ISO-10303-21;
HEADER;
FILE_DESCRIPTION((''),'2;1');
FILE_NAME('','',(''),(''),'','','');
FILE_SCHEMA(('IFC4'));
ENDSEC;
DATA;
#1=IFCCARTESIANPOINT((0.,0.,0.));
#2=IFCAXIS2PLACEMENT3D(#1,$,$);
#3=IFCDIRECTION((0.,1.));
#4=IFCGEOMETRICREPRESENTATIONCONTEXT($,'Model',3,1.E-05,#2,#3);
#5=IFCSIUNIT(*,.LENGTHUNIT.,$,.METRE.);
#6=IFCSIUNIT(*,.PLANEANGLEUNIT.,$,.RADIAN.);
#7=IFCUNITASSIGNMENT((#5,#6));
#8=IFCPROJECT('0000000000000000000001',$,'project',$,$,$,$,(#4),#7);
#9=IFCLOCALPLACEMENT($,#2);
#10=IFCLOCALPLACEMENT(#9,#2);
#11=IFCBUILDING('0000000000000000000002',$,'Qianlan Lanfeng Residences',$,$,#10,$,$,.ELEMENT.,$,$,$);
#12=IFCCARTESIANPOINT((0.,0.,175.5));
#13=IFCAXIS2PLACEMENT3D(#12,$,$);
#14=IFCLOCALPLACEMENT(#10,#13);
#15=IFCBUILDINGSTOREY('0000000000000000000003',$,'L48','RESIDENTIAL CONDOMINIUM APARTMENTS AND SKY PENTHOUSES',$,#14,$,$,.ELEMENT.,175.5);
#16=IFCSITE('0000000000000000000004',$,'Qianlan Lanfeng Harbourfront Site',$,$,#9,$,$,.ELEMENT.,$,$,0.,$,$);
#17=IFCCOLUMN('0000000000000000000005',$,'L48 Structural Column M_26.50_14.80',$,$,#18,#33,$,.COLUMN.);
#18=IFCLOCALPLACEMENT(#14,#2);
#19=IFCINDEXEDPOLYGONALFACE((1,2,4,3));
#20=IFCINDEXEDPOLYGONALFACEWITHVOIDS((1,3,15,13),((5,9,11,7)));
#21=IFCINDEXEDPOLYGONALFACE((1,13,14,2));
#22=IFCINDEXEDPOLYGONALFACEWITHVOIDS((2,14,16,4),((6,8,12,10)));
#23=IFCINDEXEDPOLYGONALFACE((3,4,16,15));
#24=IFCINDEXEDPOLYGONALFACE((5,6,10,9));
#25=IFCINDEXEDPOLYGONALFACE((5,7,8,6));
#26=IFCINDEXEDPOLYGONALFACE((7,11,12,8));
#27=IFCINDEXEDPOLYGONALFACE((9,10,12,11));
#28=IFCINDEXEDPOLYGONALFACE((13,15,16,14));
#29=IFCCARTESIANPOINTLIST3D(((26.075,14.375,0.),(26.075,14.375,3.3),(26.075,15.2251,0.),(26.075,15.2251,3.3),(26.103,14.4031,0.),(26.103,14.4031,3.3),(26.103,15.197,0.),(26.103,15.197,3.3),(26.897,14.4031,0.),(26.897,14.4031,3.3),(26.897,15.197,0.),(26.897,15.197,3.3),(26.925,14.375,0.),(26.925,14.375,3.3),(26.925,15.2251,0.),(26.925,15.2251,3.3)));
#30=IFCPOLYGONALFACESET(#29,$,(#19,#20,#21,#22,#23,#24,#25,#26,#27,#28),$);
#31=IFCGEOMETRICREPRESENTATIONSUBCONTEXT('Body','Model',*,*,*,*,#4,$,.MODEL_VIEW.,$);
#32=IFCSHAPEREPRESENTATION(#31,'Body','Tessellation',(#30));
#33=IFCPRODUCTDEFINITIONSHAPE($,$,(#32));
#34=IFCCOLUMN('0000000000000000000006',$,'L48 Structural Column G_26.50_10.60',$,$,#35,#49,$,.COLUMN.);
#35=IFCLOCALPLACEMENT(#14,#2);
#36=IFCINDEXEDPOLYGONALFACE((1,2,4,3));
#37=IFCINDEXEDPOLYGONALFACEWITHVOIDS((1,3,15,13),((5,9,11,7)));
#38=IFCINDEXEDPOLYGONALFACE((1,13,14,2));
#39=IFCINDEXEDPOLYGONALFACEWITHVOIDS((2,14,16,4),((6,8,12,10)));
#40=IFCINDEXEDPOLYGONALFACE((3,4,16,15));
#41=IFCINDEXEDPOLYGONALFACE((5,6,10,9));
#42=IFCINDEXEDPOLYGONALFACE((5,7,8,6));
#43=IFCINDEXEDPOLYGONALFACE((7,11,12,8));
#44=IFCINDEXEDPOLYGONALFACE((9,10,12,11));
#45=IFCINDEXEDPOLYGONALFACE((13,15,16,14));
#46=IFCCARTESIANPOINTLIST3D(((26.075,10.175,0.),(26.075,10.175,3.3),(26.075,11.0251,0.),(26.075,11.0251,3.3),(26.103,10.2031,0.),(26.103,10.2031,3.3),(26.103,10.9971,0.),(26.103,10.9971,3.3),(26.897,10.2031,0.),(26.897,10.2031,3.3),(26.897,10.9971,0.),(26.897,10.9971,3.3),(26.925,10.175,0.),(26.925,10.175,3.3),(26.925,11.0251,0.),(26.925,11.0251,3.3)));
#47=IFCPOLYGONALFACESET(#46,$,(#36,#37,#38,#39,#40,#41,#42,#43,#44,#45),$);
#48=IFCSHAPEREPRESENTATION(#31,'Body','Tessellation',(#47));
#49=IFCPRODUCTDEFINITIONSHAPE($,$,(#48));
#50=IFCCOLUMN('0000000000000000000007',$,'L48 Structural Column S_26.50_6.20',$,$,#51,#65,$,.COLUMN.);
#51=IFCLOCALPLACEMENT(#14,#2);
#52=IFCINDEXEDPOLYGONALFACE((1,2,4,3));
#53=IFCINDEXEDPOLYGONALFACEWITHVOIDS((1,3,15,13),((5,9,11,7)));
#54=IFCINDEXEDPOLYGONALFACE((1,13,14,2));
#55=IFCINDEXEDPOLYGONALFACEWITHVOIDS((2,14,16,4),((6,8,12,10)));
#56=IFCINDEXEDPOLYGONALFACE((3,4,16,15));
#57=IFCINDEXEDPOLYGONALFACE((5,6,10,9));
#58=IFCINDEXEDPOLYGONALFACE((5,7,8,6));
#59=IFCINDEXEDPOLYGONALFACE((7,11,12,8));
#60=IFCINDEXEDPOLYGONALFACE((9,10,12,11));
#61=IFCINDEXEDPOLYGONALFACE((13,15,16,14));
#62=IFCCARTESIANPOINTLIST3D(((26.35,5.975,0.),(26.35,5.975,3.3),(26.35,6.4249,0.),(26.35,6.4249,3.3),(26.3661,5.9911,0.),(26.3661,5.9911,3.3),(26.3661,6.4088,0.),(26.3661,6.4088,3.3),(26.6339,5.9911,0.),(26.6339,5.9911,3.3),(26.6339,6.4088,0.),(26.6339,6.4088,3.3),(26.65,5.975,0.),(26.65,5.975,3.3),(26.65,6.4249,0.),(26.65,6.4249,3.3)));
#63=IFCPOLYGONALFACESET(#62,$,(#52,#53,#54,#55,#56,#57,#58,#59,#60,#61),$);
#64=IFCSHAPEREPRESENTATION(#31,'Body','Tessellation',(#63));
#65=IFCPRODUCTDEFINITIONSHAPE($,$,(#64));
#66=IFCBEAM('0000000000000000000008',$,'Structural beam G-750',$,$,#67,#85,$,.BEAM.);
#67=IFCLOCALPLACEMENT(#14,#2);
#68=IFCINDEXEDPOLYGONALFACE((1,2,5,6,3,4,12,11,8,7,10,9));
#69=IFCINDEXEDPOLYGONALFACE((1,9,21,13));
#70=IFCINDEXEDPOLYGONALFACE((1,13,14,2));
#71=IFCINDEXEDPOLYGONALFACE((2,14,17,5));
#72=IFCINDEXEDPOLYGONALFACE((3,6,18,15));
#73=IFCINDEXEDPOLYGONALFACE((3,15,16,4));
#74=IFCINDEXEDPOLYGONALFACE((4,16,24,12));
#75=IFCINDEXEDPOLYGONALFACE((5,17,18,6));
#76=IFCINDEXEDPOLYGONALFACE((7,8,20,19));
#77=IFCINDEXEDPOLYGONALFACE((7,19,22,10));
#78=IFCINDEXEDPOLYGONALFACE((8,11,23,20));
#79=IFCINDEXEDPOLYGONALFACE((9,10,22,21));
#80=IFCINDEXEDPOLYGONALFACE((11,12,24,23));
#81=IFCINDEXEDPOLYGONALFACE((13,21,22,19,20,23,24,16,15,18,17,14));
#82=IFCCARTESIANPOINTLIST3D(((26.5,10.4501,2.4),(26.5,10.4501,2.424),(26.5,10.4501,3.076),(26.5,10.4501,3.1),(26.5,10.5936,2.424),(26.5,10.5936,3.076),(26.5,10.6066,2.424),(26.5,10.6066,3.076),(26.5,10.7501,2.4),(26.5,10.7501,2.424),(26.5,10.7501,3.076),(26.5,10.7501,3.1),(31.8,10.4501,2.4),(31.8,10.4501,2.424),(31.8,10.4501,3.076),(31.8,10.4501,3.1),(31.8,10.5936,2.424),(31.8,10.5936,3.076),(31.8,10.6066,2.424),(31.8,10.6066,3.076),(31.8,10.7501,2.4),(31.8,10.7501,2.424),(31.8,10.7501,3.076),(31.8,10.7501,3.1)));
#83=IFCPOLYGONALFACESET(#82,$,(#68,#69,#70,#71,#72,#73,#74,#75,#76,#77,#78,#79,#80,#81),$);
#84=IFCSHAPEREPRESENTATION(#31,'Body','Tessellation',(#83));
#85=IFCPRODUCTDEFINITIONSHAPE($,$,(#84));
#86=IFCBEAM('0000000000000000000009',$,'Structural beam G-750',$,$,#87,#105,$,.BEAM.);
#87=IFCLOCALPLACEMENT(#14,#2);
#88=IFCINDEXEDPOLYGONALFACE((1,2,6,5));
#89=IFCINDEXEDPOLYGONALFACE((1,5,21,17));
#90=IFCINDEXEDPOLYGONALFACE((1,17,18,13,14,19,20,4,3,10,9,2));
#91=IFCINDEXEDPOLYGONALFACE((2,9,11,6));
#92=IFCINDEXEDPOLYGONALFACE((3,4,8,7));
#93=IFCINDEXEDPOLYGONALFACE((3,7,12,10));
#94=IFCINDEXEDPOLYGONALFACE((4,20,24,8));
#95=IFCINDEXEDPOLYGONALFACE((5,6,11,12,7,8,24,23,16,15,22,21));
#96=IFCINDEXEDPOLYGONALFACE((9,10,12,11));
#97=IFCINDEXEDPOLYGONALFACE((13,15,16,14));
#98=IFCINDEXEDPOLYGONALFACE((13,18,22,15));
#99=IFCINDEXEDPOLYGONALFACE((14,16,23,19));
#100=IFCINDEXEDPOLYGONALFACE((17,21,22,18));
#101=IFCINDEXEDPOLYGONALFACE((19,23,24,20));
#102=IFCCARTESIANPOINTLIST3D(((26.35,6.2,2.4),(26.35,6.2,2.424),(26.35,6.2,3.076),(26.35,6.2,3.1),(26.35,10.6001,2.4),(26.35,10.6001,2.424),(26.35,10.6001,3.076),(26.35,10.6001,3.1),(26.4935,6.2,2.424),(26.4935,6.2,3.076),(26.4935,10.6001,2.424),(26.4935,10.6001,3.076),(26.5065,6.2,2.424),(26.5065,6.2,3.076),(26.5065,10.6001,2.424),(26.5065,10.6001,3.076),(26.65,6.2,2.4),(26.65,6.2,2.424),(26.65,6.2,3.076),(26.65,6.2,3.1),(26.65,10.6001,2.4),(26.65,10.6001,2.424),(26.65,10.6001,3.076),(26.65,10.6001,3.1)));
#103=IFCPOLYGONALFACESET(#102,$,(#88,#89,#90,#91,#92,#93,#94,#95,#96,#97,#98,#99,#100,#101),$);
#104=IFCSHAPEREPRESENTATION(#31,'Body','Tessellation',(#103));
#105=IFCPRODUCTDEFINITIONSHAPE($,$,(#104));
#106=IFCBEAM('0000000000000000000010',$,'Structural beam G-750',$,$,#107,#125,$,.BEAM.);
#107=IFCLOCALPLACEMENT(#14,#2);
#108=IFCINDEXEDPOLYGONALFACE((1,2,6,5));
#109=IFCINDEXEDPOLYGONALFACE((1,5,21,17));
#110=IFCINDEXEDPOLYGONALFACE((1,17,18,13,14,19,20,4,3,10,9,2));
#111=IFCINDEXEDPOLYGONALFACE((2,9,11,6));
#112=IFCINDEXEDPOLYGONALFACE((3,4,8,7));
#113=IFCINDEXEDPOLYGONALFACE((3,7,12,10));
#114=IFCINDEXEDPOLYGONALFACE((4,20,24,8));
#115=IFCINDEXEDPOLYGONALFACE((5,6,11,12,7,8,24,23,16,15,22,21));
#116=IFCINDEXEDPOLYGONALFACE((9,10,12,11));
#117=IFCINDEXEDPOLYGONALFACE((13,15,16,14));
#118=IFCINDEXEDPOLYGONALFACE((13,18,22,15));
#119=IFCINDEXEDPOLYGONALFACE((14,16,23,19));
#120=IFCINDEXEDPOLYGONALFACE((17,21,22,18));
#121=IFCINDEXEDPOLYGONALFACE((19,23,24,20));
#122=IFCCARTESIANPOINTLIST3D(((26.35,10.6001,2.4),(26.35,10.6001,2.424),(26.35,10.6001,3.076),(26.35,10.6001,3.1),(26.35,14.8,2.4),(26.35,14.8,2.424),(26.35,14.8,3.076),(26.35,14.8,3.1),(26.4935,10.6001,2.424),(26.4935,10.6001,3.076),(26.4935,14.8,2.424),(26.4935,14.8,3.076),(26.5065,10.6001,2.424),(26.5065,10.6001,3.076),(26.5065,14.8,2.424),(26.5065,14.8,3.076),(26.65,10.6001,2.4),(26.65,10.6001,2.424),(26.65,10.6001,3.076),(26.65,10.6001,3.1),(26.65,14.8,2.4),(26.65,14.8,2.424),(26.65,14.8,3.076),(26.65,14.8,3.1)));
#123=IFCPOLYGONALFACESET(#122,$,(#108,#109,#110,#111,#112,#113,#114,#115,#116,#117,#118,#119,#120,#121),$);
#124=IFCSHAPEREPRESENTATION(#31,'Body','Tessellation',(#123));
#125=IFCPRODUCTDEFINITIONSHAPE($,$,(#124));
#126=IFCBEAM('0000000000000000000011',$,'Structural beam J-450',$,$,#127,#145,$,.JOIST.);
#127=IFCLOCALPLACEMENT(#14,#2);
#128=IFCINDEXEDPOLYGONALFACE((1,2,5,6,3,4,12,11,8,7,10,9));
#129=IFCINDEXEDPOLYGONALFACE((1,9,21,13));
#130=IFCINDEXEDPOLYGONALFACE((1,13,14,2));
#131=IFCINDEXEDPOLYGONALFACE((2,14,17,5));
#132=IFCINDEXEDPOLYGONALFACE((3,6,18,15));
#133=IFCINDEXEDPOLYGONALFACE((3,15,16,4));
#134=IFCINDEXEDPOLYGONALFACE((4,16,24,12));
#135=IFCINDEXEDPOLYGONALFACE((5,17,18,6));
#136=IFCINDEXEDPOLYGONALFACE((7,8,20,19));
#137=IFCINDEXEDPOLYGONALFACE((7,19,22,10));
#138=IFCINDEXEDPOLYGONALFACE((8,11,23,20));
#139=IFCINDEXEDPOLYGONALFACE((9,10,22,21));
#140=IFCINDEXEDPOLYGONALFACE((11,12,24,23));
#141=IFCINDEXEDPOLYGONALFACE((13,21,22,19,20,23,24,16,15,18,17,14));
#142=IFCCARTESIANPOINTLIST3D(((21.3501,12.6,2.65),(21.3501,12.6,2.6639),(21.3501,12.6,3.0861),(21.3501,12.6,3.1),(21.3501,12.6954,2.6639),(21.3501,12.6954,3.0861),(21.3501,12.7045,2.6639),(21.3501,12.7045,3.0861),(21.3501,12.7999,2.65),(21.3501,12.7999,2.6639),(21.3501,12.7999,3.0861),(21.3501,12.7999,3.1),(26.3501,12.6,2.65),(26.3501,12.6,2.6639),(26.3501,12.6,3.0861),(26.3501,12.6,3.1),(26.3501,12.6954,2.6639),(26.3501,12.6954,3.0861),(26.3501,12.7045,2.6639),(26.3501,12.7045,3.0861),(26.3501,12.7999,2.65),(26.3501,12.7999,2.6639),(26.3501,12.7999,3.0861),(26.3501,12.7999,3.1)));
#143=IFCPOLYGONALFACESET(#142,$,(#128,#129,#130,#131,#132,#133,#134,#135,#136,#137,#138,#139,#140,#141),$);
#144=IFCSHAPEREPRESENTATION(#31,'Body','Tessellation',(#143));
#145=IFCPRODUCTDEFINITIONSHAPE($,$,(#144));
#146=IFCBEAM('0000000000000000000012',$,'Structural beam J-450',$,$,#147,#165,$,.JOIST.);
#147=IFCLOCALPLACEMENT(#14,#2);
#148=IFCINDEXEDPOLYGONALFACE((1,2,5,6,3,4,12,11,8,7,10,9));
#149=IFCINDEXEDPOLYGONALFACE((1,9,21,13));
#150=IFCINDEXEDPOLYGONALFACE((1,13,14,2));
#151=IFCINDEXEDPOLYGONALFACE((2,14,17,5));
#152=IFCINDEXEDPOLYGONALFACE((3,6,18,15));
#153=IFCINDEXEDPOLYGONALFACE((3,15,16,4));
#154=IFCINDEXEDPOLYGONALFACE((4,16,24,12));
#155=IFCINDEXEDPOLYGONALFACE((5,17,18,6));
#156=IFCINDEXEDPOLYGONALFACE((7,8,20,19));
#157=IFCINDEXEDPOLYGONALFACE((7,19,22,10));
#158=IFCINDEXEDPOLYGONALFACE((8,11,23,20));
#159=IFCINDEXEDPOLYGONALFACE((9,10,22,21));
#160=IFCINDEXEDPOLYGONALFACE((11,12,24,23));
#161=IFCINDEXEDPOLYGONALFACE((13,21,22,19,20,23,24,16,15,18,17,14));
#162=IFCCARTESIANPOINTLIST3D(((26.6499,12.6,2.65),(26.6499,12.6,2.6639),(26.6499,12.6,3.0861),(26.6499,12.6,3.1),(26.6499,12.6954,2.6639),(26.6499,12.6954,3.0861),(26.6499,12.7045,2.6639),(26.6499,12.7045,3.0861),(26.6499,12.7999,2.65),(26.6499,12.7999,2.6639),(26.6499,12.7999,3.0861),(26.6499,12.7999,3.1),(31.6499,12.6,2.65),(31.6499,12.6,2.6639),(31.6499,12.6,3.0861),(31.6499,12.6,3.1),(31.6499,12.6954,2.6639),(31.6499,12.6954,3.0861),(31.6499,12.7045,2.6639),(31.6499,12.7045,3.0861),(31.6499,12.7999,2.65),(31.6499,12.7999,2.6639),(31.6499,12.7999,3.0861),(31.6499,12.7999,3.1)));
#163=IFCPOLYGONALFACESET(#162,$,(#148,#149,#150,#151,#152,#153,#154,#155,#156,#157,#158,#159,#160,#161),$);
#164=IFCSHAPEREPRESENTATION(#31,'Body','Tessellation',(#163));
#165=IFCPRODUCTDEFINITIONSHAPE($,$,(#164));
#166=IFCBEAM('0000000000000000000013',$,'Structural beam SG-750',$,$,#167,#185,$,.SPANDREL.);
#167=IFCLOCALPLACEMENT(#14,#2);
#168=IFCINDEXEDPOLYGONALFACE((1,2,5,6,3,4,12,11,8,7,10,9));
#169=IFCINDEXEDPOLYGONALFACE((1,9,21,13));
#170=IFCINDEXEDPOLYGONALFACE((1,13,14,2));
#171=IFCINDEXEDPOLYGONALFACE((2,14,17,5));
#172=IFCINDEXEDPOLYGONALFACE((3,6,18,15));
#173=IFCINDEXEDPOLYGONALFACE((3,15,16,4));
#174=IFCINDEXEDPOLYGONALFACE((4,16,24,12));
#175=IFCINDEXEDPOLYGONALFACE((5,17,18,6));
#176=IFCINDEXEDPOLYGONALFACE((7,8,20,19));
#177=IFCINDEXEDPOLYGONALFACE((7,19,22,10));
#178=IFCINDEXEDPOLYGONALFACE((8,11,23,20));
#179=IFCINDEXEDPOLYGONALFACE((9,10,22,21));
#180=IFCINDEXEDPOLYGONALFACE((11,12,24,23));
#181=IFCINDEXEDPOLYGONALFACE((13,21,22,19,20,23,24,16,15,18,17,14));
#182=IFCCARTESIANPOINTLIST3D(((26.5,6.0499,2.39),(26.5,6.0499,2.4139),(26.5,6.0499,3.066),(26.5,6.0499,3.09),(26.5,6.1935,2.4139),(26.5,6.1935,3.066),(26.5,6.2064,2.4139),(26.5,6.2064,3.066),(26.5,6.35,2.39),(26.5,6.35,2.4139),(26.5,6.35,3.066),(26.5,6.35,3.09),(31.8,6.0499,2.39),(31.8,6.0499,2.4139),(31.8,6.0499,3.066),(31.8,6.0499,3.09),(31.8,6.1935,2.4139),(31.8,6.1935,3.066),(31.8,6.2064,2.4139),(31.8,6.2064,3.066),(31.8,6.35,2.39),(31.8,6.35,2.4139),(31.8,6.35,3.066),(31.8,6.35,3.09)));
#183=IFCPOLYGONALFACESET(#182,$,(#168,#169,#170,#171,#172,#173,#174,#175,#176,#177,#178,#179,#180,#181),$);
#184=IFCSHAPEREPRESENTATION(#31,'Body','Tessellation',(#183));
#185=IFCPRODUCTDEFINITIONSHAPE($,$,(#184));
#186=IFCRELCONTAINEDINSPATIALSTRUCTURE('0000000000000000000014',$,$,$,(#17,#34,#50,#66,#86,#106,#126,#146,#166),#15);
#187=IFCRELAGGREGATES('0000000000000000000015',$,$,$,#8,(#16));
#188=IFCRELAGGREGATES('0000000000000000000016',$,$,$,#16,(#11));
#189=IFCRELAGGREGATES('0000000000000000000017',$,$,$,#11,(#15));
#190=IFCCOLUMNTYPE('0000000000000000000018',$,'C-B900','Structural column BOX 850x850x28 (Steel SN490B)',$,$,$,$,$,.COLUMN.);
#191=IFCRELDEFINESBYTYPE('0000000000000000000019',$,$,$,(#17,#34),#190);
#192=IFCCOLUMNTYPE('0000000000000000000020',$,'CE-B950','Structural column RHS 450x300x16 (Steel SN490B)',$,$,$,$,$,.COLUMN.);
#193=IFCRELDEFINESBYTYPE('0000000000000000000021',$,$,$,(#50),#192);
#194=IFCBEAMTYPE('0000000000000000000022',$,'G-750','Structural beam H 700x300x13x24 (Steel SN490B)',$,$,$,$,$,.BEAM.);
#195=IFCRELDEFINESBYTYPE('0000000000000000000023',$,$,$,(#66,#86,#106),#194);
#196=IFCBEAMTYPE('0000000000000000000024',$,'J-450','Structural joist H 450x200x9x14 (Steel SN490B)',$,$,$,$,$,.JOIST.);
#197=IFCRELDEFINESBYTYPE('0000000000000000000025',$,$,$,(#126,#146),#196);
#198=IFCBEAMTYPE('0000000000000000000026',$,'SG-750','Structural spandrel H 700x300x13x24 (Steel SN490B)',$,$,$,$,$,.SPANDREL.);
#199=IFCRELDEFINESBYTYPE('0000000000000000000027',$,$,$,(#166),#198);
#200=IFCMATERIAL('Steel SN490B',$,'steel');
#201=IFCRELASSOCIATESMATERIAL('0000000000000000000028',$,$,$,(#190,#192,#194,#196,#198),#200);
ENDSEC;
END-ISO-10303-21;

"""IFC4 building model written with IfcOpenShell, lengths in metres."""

from ifc_helpers import new_model, si_unit, direction, frame, origin, origin_2d, place, context, subcontext, project, spatial, hollow_rectangle, i_section, extrude, material, material_profile, profile_set, type_object, element, save


model = new_model("IFC4")

# Units and contexts
model_context = context("Model", 3, precision=1e-05, world=origin(), true_north=direction((0.0, 1.0)))
body_context = subcontext(model_context, "Body", "Model", "MODEL_VIEW")
ifc_project = project(units=[si_unit("LENGTHUNIT", "METRE"), si_unit("PLANEANGLEUNIT", "RADIAN")], contexts=[model_context])

# Site, building, storey
site_placement = place(None, origin())
site = spatial("IfcSite", under=ifc_project, at=site_placement, Name="Qianlan Lanfeng Harbourfront Site", CompositionType="ELEMENT", RefElevation=0.0)
building_placement = place(site_placement, origin())
building = spatial("IfcBuilding", under=site, at=building_placement, Name="Qianlan Lanfeng Residences", CompositionType="ELEMENT")
storey_placement = place(building_placement, frame((0.0, 0.0, 175.5)))
storey = spatial("IfcBuildingStorey", under=building, at=storey_placement, Name="L48", Description="RESIDENTIAL CONDOMINIUM APARTMENTS AND SKY PENTHOUSES", CompositionType="ELEMENT", Elevation=175.5)

# Columns
ifc_material_1 = material(Name="Steel SN490B", Category="steel")
ifc_material_profile_1 = material_profile(ifc_material_1, hollow_rectangle(XDim=0.8501, YDim=0.8501, WallThickness=0.0281, at=origin_2d()), Name="BOX 850x850x28")
ifc_profile_set_1 = profile_set([ifc_material_profile_1], Name="Steel SN490B")
column_type_1 = type_object("IfcColumnType", Name="C-B900", Description="Structural column BOX 850x850x28 (Steel SN490B)", PredefinedType="COLUMN", material=ifc_profile_set_1)
for number, where, z_axis, x_axis, name in (
    (1, (26.5, 14.8, 0.0), (0.0, 0.0, 1.0), (1.0, 0.0, 0.0), "L48 Structural Column M_26.50_14.80"),
    (2, (26.5, 10.6001, 0.0), (0.0, 0.0, 1.0), (1.0, 0.0, 0.0), "L48 Structural Column G_26.50_10.60"),
):
    element("IfcColumn", number, at=place(storey_placement, frame(where, z_axis=z_axis, x_axis=x_axis)), inside=storey, type_object=column_type_1, Name=name, PredefinedType="COLUMN", context=body_context, shape_type="SweptSolid", body=[
        extrude(hollow_rectangle(XDim=0.8501, YDim=0.8501, WallThickness=0.0281, at=origin_2d()), origin(), (0.0, 0.0, 1.0), 3.3),
    ])
ifc_material_profile_2 = material_profile(ifc_material_1, hollow_rectangle(XDim=0.3, YDim=0.45, WallThickness=0.0161, at=origin_2d()), Name="RHS 450x300x16")
ifc_profile_set_2 = profile_set([ifc_material_profile_2], Name="Steel SN490B")
column_type_2 = type_object("IfcColumnType", Name="CE-B950", Description="Structural column RHS 450x300x16 (Steel SN490B)", PredefinedType="COLUMN", material=ifc_profile_set_2)
column_placement = place(storey_placement, frame((26.5, 6.2, 0.0), z_axis=(0.0, 0.0, 1.0), x_axis=(1.0, 0.0, 0.0)))
element("IfcColumn", 3, at=column_placement, inside=storey, type_object=column_type_2, Name="L48 Structural Column S_26.50_6.20", PredefinedType="COLUMN", context=body_context, shape_type="SweptSolid", body=[
    extrude(hollow_rectangle(XDim=0.3, YDim=0.45, WallThickness=0.0161, at=origin_2d()), origin(), (0.0, 0.0, 1.0), 3.3),
])

# Beams
ifc_material_profile_3 = material_profile(ifc_material_1, i_section(OverallWidth=0.3, OverallDepth=0.7, WebThickness=0.0129, FlangeThickness=0.0239, at=origin_2d()), Name="H 700x300x13x24")
ifc_profile_set_3 = profile_set([ifc_material_profile_3], Name="Steel SN490B")
beam_type_1 = type_object("IfcBeamType", Name="G-750", Description="Structural beam H 700x300x13x24 (Steel SN490B)", PredefinedType="BEAM", material=ifc_profile_set_3)
beam_1_placement = place(storey_placement, frame((26.5, 10.6001, 2.75), z_axis=(1.0, 0.0, 0.0), x_axis=(0.0, 1.0, 0.0)))
element("IfcBeam", 4, at=beam_1_placement, inside=storey, type_object=beam_type_1, Name="Structural beam G-750", PredefinedType="BEAM", context=body_context, shape_type="SweptSolid", body=[
    extrude(i_section(OverallWidth=0.3, OverallDepth=0.7, WebThickness=0.0129, FlangeThickness=0.0239, at=origin_2d()), origin(), (0.0, 0.0, 1.0), 5.3),
])
beam_2_placement = place(storey_placement, frame((26.5, 6.2, 2.75), z_axis=(0.0, 1.0, 0.0), x_axis=(-1.0, 0.0, 0.0)))
element("IfcBeam", 5, at=beam_2_placement, inside=storey, type_object=beam_type_1, Name="Structural beam G-750", PredefinedType="BEAM", context=body_context, shape_type="SweptSolid", body=[
    extrude(i_section(OverallWidth=0.3, OverallDepth=0.7, WebThickness=0.0129, FlangeThickness=0.0239, at=origin_2d()), origin(), (0.0, 0.0, 1.0), 4.4001),
])
beam_3_placement = place(storey_placement, frame((26.5, 10.6001, 2.75), z_axis=(0.0, 1.0, 0.0), x_axis=(-1.0, 0.0, 0.0)))
element("IfcBeam", 6, at=beam_3_placement, inside=storey, type_object=beam_type_1, Name="Structural beam G-750", PredefinedType="BEAM", context=body_context, shape_type="SweptSolid", body=[
    extrude(i_section(OverallWidth=0.3, OverallDepth=0.7, WebThickness=0.0129, FlangeThickness=0.0239, at=origin_2d()), origin(), (0.0, 0.0, 1.0), 4.2),
])
ifc_material_profile_4 = material_profile(ifc_material_1, i_section(OverallWidth=0.2, OverallDepth=0.45, WebThickness=0.009, FlangeThickness=0.0139, at=origin_2d()), Name="H 450x200x9x14")
ifc_profile_set_4 = profile_set([ifc_material_profile_4], Name="Steel SN490B")
beam_type_2 = type_object("IfcBeamType", Name="J-450", Description="Structural joist H 450x200x9x14 (Steel SN490B)", PredefinedType="JOIST", material=ifc_profile_set_4)
for number, where, z_axis, x_axis, name in (
    (7, (21.3501, 12.7, 2.875), (1.0, 0.0, 0.0), (0.0, 1.0, 0.0), "Structural beam J-450"),
    (8, (26.6499, 12.7, 2.875), (1.0, 0.0, 0.0), (0.0, 1.0, 0.0), "Structural beam J-450"),
):
    element("IfcBeam", number, at=place(storey_placement, frame(where, z_axis=z_axis, x_axis=x_axis)), inside=storey, type_object=beam_type_2, Name=name, PredefinedType="JOIST", context=body_context, shape_type="SweptSolid", body=[
        extrude(i_section(OverallWidth=0.2, OverallDepth=0.45, WebThickness=0.009, FlangeThickness=0.0139, at=origin_2d()), origin(), (0.0, 0.0, 1.0), 5.0),
    ])
ifc_material_profile_5 = material_profile(ifc_material_1, i_section(OverallWidth=0.3, OverallDepth=0.7, WebThickness=0.0129, FlangeThickness=0.0239, at=origin_2d()), Name="H 700x300x13x24")
ifc_profile_set_5 = profile_set([ifc_material_profile_5], Name="Steel SN490B")
beam_type_3 = type_object("IfcBeamType", Name="SG-750", Description="Structural spandrel H 700x300x13x24 (Steel SN490B)", PredefinedType="SPANDREL", material=ifc_profile_set_5)
beam_4_placement = place(storey_placement, frame((26.5, 6.2, 2.74), z_axis=(1.0, 0.0, 0.0), x_axis=(0.0, 1.0, 0.0)))
element("IfcBeam", 9, at=beam_4_placement, inside=storey, type_object=beam_type_3, Name="Structural beam SG-750", PredefinedType="SPANDREL", context=body_context, shape_type="SweptSolid", body=[
    extrude(i_section(OverallWidth=0.3, OverallDepth=0.7, WebThickness=0.0129, FlangeThickness=0.0239, at=origin_2d()), origin(), (0.0, 0.0, 1.0), 5.3),
])

save(model, "model.ifc")
